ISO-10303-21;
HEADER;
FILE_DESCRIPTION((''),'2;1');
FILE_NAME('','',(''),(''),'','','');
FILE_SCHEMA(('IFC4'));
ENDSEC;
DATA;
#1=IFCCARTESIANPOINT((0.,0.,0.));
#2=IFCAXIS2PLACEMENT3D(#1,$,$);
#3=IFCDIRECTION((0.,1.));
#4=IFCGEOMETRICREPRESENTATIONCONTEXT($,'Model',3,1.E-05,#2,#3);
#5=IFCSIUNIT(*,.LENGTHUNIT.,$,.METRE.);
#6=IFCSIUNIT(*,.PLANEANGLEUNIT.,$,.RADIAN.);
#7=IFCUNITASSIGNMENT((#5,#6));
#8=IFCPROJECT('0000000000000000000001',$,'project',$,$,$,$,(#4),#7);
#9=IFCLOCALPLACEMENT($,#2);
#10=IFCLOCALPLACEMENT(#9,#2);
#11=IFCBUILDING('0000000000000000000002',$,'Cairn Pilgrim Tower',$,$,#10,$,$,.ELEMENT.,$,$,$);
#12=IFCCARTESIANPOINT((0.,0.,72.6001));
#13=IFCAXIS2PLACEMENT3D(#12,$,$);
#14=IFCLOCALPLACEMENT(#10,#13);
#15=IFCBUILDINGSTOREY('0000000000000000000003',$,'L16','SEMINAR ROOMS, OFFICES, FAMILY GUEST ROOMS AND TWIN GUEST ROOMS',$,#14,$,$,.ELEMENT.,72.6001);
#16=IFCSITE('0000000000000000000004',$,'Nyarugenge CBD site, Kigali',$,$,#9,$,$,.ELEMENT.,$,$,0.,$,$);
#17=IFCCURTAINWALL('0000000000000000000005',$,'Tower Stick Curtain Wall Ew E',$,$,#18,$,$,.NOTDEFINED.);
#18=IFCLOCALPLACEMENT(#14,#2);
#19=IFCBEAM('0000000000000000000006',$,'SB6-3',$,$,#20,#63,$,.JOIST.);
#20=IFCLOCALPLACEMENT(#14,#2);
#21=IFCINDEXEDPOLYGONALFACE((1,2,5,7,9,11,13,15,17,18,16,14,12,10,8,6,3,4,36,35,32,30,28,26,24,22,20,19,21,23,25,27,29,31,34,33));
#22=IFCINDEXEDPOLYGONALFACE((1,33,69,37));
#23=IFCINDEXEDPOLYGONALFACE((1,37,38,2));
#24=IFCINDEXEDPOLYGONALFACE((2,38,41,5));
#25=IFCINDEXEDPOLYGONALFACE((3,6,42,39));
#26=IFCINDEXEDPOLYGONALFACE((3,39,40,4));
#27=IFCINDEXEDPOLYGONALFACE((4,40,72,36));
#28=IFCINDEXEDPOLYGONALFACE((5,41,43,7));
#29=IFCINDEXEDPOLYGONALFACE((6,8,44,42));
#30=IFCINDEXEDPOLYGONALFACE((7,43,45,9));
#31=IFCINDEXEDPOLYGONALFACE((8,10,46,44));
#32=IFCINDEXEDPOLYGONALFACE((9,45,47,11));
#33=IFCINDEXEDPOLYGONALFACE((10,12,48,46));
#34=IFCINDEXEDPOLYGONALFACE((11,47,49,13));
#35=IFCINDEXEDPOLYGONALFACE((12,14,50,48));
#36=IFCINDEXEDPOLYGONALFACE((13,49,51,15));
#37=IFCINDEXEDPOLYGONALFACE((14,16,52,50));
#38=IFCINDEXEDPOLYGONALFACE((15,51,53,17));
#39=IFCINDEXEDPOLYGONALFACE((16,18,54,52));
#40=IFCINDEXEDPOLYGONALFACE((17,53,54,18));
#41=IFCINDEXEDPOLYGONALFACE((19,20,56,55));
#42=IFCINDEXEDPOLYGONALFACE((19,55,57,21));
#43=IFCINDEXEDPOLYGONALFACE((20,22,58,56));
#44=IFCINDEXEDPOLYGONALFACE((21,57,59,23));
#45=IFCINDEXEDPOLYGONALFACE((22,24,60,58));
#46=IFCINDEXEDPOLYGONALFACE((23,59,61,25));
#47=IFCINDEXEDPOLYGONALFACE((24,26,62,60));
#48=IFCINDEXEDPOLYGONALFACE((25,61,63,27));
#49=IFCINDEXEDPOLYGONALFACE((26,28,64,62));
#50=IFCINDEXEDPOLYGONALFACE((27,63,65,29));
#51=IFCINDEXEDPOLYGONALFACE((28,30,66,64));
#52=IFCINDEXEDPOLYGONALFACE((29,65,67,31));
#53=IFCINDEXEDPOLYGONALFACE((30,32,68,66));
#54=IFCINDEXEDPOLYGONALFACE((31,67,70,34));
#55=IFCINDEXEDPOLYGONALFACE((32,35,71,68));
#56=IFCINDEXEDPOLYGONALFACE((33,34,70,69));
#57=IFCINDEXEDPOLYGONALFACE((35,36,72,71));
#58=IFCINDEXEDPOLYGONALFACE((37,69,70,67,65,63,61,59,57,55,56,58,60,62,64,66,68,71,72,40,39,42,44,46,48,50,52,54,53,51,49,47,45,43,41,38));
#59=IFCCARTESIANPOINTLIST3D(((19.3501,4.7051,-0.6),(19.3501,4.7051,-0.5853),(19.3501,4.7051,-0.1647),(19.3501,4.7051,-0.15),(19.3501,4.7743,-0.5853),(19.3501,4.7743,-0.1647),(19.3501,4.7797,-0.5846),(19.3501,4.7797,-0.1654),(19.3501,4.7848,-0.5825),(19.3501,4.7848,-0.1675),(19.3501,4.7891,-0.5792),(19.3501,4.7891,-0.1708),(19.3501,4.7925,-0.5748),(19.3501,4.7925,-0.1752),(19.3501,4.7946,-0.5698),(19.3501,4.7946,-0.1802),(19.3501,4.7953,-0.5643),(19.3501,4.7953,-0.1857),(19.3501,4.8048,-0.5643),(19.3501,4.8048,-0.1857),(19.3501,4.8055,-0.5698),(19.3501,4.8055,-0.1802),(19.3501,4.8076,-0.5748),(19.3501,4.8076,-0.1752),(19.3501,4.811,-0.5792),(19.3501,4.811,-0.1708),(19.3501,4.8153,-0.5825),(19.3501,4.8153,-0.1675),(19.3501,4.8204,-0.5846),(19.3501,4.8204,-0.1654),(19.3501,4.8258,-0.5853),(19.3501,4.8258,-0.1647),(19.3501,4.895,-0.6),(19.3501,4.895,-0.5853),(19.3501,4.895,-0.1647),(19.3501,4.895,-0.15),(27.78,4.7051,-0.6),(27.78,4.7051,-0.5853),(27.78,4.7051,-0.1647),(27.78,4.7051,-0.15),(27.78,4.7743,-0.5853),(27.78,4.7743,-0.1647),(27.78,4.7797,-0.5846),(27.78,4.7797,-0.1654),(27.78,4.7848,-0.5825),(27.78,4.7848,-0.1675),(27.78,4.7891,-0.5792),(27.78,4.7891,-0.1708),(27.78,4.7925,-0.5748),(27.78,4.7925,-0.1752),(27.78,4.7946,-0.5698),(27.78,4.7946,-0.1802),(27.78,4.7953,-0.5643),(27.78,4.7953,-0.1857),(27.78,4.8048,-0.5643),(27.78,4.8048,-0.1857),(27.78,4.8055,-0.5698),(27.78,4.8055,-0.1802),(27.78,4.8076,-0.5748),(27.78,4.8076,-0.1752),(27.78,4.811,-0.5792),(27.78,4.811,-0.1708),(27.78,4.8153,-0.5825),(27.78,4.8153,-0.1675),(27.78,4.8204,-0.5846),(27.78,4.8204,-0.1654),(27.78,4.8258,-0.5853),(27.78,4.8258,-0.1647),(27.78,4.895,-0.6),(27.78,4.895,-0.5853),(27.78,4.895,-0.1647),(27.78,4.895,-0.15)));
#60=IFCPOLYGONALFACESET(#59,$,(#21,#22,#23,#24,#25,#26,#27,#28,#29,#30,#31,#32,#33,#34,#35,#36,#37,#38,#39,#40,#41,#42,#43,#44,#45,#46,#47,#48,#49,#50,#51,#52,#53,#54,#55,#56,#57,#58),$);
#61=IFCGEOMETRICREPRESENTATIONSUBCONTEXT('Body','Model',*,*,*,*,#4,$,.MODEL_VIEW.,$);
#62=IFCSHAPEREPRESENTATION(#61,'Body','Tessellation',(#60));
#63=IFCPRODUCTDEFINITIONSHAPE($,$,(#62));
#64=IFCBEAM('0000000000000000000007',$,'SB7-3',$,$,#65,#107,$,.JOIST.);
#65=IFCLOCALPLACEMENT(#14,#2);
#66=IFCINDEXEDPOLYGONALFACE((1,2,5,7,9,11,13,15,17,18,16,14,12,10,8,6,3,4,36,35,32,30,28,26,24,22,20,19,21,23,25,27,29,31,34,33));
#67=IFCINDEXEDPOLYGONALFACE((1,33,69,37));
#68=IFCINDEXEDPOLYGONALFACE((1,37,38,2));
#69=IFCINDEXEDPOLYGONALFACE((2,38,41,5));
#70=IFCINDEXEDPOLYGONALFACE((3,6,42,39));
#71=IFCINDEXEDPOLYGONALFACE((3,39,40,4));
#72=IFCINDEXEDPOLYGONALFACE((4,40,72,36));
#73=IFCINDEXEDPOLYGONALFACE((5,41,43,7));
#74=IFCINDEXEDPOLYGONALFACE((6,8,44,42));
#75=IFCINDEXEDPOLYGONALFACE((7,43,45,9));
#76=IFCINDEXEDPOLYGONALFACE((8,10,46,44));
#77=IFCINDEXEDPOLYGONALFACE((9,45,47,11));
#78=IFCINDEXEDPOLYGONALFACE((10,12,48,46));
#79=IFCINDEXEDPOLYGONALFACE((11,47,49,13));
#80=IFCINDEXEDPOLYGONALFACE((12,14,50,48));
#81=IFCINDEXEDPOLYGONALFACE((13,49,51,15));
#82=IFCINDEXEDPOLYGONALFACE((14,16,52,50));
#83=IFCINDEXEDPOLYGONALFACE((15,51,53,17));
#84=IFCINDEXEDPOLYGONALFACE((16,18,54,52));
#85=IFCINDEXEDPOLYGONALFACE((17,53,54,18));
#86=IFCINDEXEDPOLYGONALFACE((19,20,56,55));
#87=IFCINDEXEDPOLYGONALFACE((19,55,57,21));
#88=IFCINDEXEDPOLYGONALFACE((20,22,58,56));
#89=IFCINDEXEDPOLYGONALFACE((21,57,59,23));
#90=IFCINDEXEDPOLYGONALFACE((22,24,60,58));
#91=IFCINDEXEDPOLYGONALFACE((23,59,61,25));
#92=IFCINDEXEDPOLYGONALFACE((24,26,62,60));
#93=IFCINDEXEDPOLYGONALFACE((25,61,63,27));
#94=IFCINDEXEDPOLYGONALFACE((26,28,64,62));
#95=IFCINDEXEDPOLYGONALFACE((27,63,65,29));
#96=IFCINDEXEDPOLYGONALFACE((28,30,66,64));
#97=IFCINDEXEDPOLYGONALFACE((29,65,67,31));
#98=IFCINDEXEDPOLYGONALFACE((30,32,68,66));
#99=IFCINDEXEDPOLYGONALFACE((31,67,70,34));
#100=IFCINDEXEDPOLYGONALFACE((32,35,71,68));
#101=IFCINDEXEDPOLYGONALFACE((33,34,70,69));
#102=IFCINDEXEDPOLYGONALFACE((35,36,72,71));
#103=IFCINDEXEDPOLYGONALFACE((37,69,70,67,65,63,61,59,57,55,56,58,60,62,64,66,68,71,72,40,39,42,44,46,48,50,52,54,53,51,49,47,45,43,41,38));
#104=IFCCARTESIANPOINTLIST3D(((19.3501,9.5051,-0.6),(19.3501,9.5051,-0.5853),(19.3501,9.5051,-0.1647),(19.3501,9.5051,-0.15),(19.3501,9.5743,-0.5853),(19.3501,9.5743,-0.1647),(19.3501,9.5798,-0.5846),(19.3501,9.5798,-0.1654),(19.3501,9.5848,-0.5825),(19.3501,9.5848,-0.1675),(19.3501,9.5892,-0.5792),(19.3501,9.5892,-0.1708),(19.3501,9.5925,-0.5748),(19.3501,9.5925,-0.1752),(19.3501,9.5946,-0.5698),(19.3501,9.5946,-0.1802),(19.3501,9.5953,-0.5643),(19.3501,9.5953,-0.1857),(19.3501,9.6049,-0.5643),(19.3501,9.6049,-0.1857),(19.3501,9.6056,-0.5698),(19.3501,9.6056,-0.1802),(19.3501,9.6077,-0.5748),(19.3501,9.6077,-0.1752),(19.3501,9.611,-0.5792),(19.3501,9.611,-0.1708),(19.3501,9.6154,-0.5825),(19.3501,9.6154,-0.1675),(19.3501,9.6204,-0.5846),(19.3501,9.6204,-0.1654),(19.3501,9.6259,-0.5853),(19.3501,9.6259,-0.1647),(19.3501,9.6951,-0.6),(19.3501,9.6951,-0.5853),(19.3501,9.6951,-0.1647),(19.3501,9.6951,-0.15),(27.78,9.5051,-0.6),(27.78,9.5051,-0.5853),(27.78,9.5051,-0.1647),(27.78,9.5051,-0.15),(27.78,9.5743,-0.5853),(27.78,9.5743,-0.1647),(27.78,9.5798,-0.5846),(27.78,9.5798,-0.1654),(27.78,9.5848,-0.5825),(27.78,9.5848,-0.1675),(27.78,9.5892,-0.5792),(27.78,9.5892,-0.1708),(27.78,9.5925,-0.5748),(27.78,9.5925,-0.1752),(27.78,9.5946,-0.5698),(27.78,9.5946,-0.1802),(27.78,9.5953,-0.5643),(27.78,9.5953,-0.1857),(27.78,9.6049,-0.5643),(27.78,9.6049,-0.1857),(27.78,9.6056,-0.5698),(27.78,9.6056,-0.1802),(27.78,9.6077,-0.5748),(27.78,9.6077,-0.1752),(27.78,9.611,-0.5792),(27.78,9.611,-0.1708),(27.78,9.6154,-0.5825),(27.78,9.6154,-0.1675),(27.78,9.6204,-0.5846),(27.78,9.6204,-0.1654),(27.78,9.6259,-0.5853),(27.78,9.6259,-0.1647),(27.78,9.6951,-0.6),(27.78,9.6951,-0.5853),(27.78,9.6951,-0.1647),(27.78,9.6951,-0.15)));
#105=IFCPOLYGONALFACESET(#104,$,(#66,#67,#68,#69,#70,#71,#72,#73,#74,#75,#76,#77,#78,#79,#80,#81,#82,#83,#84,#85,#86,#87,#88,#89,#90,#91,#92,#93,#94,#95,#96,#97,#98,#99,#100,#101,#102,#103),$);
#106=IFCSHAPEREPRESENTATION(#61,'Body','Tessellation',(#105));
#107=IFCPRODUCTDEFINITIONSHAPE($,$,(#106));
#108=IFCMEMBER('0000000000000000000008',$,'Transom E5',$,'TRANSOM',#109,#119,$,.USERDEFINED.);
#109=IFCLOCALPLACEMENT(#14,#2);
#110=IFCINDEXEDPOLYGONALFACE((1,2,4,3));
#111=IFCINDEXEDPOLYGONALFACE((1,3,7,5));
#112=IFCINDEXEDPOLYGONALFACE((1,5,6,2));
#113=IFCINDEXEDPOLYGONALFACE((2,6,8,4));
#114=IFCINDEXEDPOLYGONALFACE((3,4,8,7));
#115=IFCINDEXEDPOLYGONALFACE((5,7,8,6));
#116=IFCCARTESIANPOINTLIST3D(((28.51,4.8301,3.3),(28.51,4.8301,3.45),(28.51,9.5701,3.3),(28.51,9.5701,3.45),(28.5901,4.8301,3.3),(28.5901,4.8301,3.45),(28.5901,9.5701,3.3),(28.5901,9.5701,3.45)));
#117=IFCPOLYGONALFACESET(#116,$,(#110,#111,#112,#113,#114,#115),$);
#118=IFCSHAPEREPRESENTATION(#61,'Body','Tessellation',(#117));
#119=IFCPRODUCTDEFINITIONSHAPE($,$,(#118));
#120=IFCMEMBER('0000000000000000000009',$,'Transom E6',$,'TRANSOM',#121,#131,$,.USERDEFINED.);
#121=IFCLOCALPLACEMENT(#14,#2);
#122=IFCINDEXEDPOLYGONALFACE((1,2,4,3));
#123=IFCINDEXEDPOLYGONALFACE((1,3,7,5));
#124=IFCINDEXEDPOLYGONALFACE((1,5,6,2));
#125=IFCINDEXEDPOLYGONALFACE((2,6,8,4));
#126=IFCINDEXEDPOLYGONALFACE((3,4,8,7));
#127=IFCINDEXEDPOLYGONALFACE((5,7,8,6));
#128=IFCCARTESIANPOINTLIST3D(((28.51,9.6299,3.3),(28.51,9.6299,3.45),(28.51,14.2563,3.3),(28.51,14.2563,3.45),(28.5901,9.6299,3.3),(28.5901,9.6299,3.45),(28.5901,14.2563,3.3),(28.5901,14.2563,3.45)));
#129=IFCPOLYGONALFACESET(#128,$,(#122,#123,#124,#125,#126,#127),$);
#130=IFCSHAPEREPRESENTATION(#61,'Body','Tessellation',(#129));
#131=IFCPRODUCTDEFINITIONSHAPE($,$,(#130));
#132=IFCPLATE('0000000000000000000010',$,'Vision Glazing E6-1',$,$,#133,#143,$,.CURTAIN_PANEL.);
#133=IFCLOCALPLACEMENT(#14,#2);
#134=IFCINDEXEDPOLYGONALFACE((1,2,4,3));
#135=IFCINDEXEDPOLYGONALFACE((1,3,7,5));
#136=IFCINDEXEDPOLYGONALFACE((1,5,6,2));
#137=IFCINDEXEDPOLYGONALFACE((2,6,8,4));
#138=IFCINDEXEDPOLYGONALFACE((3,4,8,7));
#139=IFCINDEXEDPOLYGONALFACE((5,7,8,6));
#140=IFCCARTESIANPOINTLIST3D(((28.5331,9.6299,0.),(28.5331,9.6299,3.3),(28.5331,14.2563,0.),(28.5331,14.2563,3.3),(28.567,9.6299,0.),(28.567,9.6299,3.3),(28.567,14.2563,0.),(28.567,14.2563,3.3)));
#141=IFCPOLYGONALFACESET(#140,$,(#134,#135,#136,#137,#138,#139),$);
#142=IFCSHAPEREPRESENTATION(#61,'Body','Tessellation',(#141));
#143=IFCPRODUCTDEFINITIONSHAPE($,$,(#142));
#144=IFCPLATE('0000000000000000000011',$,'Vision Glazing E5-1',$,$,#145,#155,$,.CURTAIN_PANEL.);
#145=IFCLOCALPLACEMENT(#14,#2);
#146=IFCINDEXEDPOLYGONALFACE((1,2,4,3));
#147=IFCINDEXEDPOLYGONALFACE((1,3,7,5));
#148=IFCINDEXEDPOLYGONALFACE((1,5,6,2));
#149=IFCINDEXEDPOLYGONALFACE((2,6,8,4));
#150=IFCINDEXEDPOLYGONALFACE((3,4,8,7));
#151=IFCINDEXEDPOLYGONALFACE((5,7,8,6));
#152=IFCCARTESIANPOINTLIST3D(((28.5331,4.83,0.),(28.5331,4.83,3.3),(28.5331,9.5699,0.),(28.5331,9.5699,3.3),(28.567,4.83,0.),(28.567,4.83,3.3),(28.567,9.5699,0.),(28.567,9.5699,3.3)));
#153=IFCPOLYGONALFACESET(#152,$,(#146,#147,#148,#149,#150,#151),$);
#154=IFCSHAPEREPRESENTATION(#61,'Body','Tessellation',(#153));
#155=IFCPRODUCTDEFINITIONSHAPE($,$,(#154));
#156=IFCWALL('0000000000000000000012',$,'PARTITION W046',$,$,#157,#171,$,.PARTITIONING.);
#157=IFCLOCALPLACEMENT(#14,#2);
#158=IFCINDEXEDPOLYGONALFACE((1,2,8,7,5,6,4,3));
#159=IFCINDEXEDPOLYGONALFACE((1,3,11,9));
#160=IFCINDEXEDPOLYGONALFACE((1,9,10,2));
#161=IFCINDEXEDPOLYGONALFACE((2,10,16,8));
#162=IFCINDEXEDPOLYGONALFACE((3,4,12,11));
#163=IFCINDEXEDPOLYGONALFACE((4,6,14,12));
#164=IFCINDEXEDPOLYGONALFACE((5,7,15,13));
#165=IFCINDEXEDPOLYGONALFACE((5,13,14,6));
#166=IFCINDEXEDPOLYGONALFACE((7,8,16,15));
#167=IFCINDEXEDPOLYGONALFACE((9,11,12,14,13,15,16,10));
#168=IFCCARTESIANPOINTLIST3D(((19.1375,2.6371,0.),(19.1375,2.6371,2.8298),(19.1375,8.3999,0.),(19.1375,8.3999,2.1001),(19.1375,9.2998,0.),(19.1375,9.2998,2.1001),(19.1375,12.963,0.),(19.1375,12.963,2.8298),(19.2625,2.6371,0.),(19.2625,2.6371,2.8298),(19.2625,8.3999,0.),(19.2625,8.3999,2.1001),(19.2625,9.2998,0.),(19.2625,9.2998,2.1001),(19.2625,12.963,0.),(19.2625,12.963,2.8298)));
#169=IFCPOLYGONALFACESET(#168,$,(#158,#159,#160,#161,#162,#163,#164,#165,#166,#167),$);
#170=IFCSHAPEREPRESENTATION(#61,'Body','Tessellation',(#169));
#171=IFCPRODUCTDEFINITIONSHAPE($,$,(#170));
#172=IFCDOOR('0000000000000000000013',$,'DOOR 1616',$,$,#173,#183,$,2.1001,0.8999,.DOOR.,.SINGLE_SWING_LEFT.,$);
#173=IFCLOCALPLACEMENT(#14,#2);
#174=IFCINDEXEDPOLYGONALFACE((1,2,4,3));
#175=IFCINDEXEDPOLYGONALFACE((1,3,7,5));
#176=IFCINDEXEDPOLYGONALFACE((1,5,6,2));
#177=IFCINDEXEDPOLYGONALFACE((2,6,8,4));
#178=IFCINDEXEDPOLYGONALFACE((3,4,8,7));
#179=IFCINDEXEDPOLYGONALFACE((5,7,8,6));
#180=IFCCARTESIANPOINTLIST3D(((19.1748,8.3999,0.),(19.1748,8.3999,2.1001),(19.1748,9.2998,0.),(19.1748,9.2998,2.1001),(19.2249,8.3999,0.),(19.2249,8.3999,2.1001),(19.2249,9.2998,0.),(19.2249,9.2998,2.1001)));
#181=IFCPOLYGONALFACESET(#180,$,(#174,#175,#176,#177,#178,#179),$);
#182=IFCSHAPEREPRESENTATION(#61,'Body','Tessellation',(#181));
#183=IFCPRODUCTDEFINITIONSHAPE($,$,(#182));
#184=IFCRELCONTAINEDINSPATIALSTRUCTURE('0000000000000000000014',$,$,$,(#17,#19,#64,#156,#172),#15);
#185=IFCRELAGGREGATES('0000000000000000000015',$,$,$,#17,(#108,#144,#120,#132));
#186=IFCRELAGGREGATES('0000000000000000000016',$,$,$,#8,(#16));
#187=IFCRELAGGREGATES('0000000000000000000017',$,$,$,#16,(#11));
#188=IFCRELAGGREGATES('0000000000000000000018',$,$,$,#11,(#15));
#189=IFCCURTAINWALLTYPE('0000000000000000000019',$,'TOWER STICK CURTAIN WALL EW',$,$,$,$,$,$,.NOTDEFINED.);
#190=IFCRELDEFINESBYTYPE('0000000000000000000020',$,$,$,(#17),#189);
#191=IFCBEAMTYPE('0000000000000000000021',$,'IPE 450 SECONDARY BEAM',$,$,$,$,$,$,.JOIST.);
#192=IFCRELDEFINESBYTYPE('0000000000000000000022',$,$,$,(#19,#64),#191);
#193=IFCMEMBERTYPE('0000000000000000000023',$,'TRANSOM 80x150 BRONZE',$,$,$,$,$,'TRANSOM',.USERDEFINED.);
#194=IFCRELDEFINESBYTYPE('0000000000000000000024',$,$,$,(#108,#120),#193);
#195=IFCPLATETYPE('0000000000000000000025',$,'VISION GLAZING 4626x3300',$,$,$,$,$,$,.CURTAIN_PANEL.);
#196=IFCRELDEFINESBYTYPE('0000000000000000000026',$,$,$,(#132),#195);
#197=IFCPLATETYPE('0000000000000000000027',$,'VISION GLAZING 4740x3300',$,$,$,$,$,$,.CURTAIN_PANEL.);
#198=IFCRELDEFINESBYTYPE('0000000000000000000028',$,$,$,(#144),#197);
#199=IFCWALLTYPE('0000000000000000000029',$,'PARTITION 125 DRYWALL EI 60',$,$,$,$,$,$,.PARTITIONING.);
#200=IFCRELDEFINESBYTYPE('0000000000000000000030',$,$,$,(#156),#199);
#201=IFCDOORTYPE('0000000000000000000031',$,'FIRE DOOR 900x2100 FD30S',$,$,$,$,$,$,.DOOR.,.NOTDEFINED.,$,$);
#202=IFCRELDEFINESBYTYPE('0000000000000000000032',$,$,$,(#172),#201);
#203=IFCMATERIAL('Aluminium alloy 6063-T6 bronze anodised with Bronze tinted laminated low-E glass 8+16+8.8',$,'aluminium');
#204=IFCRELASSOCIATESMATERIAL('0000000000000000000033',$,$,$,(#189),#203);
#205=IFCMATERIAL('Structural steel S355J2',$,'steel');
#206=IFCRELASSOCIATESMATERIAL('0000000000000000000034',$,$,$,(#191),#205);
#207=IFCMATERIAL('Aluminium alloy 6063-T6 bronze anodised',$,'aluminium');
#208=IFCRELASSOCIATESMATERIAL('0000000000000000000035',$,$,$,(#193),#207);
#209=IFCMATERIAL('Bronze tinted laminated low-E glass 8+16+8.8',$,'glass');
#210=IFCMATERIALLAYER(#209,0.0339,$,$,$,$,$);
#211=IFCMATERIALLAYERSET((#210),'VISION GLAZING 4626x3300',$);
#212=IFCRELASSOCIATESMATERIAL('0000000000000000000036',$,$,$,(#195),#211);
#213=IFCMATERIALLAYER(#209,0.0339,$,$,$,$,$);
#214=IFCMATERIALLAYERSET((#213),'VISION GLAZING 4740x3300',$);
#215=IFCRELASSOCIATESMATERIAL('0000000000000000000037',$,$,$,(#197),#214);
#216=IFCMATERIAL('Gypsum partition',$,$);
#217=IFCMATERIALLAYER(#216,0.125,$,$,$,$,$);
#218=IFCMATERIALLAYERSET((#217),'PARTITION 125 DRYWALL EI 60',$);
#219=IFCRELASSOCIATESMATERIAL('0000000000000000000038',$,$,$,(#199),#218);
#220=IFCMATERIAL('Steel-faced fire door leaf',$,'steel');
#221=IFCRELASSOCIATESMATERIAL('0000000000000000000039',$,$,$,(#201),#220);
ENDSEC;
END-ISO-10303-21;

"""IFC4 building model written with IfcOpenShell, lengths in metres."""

from ifc_helpers import new_model, si_unit, direction, frame, frame_2d, origin, origin_2d, place, context, subcontext, project, spatial, rectangle, i_section, extrude, material, layer, layer_set, material_profile, profile_set, type_object, element, fill, aggregate, save


model = new_model("IFC4")

# Units and contexts
model_context = context("Model", 3, precision=1e-05, world=origin(), true_north=direction((0.0, 1.0)))
body_context = subcontext(model_context, "Body", "Model", "MODEL_VIEW")
ifc_project = project(units=[si_unit("LENGTHUNIT", "METRE"), si_unit("PLANEANGLEUNIT", "RADIAN")], contexts=[model_context])

# Site, building, storey
site_placement = place(None, origin())
site = spatial("IfcSite", under=ifc_project, at=site_placement, Name="Nyarugenge CBD site, Kigali", CompositionType="ELEMENT", RefElevation=0.0)
building_placement = place(site_placement, origin())
building = spatial("IfcBuilding", under=site, at=building_placement, Name="Cairn Pilgrim Tower", CompositionType="ELEMENT")
storey_placement = place(building_placement, frame((0.0, 0.0, 72.6001)))
storey = spatial("IfcBuildingStorey", under=building, at=storey_placement, Name="L16", Description="SEMINAR ROOMS, OFFICES, FAMILY GUEST ROOMS AND TWIN GUEST ROOMS", CompositionType="ELEMENT", Elevation=72.6001)

# Curtain wall
ifc_material_1 = material(Name="Aluminium alloy 6063-T6 bronze anodised with Bronze tinted laminated low-E glass 8+16+8.8", Category="aluminium")
curtain_wall_type = type_object("IfcCurtainWallType", Name="TOWER STICK CURTAIN WALL EW", PredefinedType="NOTDEFINED", material=ifc_material_1)
curtain_wall_placement = place(storey_placement, origin())
curtain_wall = element("IfcCurtainWall", 1, at=curtain_wall_placement, inside=storey, type_object=curtain_wall_type, Name="Tower Stick Curtain Wall Ew E", PredefinedType="NOTDEFINED")
ifc_material_2 = material(Name="Aluminium alloy 6063-T6 bronze anodised", Category="aluminium")

# Beams
ifc_material_3 = material(Name="Structural steel S355J2", Category="steel")
ifc_material_profile_1 = material_profile(ifc_material_3, i_section(OverallWidth=0.1899, OverallDepth=0.45, WebThickness=0.0095, FlangeThickness=0.0146, FilletRadius=0.021, at=origin_2d()), Name="IPE 450")
ifc_profile_set_1 = profile_set([ifc_material_profile_1], Name="Structural steel S355J2")
beam_type_1 = type_object("IfcBeamType", Name="IPE 450 SECONDARY BEAM", PredefinedType="JOIST", material=ifc_profile_set_1)
for number, where, z_axis, x_axis, name in (
    (2, (19.3501, 4.8, -0.375), (1.0, 0.0, 0.0), (0.0, 1.0, 0.0), "SB6-3"),
    (3, (19.3501, 9.6001, -0.375), (1.0, 0.0, 0.0), (0.0, 1.0, 0.0), "SB7-3"),
):
    element("IfcBeam", number, at=place(storey_placement, frame(where, z_axis=z_axis, x_axis=x_axis)), inside=storey, type_object=beam_type_1, Name=name, PredefinedType="JOIST", context=body_context, shape_type="SweptSolid", body=[
        extrude(i_section(OverallWidth=0.1899, OverallDepth=0.45, WebThickness=0.0095, FlangeThickness=0.0146, FilletRadius=0.021, at=origin_2d()), origin(), (0.0, 0.0, 1.0), 8.4299),
    ])

# Members
ifc_material_profile_2 = material_profile(ifc_material_2, rectangle(XDim=0.0801, YDim=0.1499, at=origin_2d()), Name="TRANSOM 80x150 BRONZE")
ifc_profile_set_2 = profile_set([ifc_material_profile_2], Name="Aluminium alloy 6063-T6 bronze anodised")
member_type_1 = type_object("IfcMemberType", Name="TRANSOM 80x150 BRONZE", ElementType="TRANSOM", PredefinedType="USERDEFINED", material=ifc_profile_set_2)
member_1_placement = place(storey_placement, frame((28.55, 4.8301, 3.375), z_axis=(0.0, 1.0, 0.0), x_axis=(-1.0, 0.0, 0.0)))
member_1 = element("IfcMember", 4, at=member_1_placement, type_object=member_type_1, Name="Transom E5", ObjectType="TRANSOM", PredefinedType="USERDEFINED", context=body_context, shape_type="SweptSolid", body=[
    extrude(rectangle(XDim=0.0801, YDim=0.1499, at=origin_2d()), origin(), (0.0, 0.0, 1.0), 4.74),
])
member_2_placement = place(storey_placement, frame((28.55, 9.6299, 3.375), z_axis=(0.0, 1.0, 0.0), x_axis=(-1.0, 0.0, 0.0)))
member_2 = element("IfcMember", 5, at=member_2_placement, type_object=member_type_1, Name="Transom E6", ObjectType="TRANSOM", PredefinedType="USERDEFINED", context=body_context, shape_type="SweptSolid", body=[
    extrude(rectangle(XDim=0.0801, YDim=0.1499, at=origin_2d()), origin(), (0.0, 0.0, 1.0), 4.6265),
])

# Plates
ifc_material_4 = material(Name="Bronze tinted laminated low-E glass 8+16+8.8", Category="glass")
ifc_layer_1 = layer(ifc_material_4, 0.0339)
ifc_layer_set_1 = layer_set([ifc_layer_1], Name="VISION GLAZING 4626x3300")
plate_type_1 = type_object("IfcPlateType", Name="VISION GLAZING 4626x3300", PredefinedType="CURTAIN_PANEL", material=ifc_layer_set_1)
plate_1_placement = place(storey_placement, frame((28.55, 11.9431, 0.0), z_axis=(0.0, 0.0, 1.0), x_axis=(0.0, 1.0, 0.0)))
plate_1 = element("IfcPlate", 6, at=plate_1_placement, type_object=plate_type_1, Name="Vision Glazing E6-1", PredefinedType="CURTAIN_PANEL", context=body_context, shape_type="SweptSolid", body=[
    extrude(rectangle(XDim=4.6265, YDim=0.0339, at=origin_2d()), origin(), (0.0, 0.0, 1.0), 3.3),
])
ifc_layer_2 = layer(ifc_material_4, 0.0339)
ifc_layer_set_2 = layer_set([ifc_layer_2], Name="VISION GLAZING 4740x3300")
plate_type_2 = type_object("IfcPlateType", Name="VISION GLAZING 4740x3300", PredefinedType="CURTAIN_PANEL", material=ifc_layer_set_2)
plate_2_placement = place(storey_placement, frame((28.55, 7.2, 0.0), z_axis=(0.0, 0.0, 1.0), x_axis=(0.0, 1.0, 0.0)))
plate_2 = element("IfcPlate", 7, at=plate_2_placement, type_object=plate_type_2, Name="Vision Glazing E5-1", PredefinedType="CURTAIN_PANEL", context=body_context, shape_type="SweptSolid", body=[
    extrude(rectangle(XDim=4.74, YDim=0.0339, at=origin_2d()), origin(), (0.0, 0.0, 1.0), 3.3),
])
aggregate(curtain_wall, [member_1, plate_2, member_2, plate_1])

# Wall, opening, door
ifc_material_5 = material(Name="Gypsum partition")
ifc_layer_3 = layer(ifc_material_5, 0.125)
ifc_layer_set_3 = layer_set([ifc_layer_3], Name="PARTITION 125 DRYWALL EI 60")
wall_type_1 = type_object("IfcWallType", Name="PARTITION 125 DRYWALL EI 60", PredefinedType="PARTITIONING", material=ifc_layer_set_3)
wall_1_placement = place(storey_placement, frame((19.2, 2.637, 0.0), z_axis=(0.0, 0.0, 1.0), x_axis=(0.0, 1.0, 0.0)))
wall_1 = element("IfcWall", 8, at=wall_1_placement, inside=storey, type_object=wall_type_1, Name="PARTITION W046", PredefinedType="PARTITIONING", context=body_context, shape_type="SweptSolid", body=[
    extrude(rectangle(XDim=10.3259, YDim=0.125, at=frame_2d((5.1631, 0.0))), origin(), (0.0, 0.0, 1.0), 2.8298),
])
opening_1_placement = place(wall_1_placement, frame((5.7629, 0.0, 0.0)))
opening_1 = element("IfcOpeningElement", 9, at=opening_1_placement, cuts=wall_1, PredefinedType="OPENING", context=body_context, shape_type="SweptSolid", body=[
    extrude(rectangle(XDim=0.8999, YDim=2.1001, at=frame_2d((0.45, 1.05))), frame((0.0, 0.0725, 0.0), z_axis=(0.0, -1.0, 0.0), x_axis=(1.0, 0.0, 0.0)), (0.0, 0.0, 1.0), 0.145),
])
ifc_material_6 = material(Name="Steel-faced fire door leaf", Category="steel")
door_type_1 = type_object("IfcDoorType", Name="FIRE DOOR 900x2100 FD30S", OperationType="NOTDEFINED", PredefinedType="DOOR", material=ifc_material_6)
door_1_placement = place(opening_1_placement, frame((0.8999, 0.0, 0.0), z_axis=(0.0, 0.0, 1.0), x_axis=(-1.0, 0.0, 0.0)))
door_1 = element("IfcDoor", 10, at=door_1_placement, inside=storey, type_object=door_type_1, Name="DOOR 1616", OperationType="SINGLE_SWING_LEFT", OverallHeight=2.1001, OverallWidth=0.8999, PredefinedType="DOOR", context=body_context, shape_type="SweptSolid", body=[
    extrude(rectangle(XDim=0.8999, YDim=2.1001, at=frame_2d((0.45, 1.05))), frame((0.0, 0.0249, 0.0), z_axis=(0.0, -1.0, 0.0), x_axis=(1.0, 0.0, 0.0)), (0.0, 0.0, 1.0), 0.05),
])
fill(opening_1, door_1)

save(model, "model.ifc")
